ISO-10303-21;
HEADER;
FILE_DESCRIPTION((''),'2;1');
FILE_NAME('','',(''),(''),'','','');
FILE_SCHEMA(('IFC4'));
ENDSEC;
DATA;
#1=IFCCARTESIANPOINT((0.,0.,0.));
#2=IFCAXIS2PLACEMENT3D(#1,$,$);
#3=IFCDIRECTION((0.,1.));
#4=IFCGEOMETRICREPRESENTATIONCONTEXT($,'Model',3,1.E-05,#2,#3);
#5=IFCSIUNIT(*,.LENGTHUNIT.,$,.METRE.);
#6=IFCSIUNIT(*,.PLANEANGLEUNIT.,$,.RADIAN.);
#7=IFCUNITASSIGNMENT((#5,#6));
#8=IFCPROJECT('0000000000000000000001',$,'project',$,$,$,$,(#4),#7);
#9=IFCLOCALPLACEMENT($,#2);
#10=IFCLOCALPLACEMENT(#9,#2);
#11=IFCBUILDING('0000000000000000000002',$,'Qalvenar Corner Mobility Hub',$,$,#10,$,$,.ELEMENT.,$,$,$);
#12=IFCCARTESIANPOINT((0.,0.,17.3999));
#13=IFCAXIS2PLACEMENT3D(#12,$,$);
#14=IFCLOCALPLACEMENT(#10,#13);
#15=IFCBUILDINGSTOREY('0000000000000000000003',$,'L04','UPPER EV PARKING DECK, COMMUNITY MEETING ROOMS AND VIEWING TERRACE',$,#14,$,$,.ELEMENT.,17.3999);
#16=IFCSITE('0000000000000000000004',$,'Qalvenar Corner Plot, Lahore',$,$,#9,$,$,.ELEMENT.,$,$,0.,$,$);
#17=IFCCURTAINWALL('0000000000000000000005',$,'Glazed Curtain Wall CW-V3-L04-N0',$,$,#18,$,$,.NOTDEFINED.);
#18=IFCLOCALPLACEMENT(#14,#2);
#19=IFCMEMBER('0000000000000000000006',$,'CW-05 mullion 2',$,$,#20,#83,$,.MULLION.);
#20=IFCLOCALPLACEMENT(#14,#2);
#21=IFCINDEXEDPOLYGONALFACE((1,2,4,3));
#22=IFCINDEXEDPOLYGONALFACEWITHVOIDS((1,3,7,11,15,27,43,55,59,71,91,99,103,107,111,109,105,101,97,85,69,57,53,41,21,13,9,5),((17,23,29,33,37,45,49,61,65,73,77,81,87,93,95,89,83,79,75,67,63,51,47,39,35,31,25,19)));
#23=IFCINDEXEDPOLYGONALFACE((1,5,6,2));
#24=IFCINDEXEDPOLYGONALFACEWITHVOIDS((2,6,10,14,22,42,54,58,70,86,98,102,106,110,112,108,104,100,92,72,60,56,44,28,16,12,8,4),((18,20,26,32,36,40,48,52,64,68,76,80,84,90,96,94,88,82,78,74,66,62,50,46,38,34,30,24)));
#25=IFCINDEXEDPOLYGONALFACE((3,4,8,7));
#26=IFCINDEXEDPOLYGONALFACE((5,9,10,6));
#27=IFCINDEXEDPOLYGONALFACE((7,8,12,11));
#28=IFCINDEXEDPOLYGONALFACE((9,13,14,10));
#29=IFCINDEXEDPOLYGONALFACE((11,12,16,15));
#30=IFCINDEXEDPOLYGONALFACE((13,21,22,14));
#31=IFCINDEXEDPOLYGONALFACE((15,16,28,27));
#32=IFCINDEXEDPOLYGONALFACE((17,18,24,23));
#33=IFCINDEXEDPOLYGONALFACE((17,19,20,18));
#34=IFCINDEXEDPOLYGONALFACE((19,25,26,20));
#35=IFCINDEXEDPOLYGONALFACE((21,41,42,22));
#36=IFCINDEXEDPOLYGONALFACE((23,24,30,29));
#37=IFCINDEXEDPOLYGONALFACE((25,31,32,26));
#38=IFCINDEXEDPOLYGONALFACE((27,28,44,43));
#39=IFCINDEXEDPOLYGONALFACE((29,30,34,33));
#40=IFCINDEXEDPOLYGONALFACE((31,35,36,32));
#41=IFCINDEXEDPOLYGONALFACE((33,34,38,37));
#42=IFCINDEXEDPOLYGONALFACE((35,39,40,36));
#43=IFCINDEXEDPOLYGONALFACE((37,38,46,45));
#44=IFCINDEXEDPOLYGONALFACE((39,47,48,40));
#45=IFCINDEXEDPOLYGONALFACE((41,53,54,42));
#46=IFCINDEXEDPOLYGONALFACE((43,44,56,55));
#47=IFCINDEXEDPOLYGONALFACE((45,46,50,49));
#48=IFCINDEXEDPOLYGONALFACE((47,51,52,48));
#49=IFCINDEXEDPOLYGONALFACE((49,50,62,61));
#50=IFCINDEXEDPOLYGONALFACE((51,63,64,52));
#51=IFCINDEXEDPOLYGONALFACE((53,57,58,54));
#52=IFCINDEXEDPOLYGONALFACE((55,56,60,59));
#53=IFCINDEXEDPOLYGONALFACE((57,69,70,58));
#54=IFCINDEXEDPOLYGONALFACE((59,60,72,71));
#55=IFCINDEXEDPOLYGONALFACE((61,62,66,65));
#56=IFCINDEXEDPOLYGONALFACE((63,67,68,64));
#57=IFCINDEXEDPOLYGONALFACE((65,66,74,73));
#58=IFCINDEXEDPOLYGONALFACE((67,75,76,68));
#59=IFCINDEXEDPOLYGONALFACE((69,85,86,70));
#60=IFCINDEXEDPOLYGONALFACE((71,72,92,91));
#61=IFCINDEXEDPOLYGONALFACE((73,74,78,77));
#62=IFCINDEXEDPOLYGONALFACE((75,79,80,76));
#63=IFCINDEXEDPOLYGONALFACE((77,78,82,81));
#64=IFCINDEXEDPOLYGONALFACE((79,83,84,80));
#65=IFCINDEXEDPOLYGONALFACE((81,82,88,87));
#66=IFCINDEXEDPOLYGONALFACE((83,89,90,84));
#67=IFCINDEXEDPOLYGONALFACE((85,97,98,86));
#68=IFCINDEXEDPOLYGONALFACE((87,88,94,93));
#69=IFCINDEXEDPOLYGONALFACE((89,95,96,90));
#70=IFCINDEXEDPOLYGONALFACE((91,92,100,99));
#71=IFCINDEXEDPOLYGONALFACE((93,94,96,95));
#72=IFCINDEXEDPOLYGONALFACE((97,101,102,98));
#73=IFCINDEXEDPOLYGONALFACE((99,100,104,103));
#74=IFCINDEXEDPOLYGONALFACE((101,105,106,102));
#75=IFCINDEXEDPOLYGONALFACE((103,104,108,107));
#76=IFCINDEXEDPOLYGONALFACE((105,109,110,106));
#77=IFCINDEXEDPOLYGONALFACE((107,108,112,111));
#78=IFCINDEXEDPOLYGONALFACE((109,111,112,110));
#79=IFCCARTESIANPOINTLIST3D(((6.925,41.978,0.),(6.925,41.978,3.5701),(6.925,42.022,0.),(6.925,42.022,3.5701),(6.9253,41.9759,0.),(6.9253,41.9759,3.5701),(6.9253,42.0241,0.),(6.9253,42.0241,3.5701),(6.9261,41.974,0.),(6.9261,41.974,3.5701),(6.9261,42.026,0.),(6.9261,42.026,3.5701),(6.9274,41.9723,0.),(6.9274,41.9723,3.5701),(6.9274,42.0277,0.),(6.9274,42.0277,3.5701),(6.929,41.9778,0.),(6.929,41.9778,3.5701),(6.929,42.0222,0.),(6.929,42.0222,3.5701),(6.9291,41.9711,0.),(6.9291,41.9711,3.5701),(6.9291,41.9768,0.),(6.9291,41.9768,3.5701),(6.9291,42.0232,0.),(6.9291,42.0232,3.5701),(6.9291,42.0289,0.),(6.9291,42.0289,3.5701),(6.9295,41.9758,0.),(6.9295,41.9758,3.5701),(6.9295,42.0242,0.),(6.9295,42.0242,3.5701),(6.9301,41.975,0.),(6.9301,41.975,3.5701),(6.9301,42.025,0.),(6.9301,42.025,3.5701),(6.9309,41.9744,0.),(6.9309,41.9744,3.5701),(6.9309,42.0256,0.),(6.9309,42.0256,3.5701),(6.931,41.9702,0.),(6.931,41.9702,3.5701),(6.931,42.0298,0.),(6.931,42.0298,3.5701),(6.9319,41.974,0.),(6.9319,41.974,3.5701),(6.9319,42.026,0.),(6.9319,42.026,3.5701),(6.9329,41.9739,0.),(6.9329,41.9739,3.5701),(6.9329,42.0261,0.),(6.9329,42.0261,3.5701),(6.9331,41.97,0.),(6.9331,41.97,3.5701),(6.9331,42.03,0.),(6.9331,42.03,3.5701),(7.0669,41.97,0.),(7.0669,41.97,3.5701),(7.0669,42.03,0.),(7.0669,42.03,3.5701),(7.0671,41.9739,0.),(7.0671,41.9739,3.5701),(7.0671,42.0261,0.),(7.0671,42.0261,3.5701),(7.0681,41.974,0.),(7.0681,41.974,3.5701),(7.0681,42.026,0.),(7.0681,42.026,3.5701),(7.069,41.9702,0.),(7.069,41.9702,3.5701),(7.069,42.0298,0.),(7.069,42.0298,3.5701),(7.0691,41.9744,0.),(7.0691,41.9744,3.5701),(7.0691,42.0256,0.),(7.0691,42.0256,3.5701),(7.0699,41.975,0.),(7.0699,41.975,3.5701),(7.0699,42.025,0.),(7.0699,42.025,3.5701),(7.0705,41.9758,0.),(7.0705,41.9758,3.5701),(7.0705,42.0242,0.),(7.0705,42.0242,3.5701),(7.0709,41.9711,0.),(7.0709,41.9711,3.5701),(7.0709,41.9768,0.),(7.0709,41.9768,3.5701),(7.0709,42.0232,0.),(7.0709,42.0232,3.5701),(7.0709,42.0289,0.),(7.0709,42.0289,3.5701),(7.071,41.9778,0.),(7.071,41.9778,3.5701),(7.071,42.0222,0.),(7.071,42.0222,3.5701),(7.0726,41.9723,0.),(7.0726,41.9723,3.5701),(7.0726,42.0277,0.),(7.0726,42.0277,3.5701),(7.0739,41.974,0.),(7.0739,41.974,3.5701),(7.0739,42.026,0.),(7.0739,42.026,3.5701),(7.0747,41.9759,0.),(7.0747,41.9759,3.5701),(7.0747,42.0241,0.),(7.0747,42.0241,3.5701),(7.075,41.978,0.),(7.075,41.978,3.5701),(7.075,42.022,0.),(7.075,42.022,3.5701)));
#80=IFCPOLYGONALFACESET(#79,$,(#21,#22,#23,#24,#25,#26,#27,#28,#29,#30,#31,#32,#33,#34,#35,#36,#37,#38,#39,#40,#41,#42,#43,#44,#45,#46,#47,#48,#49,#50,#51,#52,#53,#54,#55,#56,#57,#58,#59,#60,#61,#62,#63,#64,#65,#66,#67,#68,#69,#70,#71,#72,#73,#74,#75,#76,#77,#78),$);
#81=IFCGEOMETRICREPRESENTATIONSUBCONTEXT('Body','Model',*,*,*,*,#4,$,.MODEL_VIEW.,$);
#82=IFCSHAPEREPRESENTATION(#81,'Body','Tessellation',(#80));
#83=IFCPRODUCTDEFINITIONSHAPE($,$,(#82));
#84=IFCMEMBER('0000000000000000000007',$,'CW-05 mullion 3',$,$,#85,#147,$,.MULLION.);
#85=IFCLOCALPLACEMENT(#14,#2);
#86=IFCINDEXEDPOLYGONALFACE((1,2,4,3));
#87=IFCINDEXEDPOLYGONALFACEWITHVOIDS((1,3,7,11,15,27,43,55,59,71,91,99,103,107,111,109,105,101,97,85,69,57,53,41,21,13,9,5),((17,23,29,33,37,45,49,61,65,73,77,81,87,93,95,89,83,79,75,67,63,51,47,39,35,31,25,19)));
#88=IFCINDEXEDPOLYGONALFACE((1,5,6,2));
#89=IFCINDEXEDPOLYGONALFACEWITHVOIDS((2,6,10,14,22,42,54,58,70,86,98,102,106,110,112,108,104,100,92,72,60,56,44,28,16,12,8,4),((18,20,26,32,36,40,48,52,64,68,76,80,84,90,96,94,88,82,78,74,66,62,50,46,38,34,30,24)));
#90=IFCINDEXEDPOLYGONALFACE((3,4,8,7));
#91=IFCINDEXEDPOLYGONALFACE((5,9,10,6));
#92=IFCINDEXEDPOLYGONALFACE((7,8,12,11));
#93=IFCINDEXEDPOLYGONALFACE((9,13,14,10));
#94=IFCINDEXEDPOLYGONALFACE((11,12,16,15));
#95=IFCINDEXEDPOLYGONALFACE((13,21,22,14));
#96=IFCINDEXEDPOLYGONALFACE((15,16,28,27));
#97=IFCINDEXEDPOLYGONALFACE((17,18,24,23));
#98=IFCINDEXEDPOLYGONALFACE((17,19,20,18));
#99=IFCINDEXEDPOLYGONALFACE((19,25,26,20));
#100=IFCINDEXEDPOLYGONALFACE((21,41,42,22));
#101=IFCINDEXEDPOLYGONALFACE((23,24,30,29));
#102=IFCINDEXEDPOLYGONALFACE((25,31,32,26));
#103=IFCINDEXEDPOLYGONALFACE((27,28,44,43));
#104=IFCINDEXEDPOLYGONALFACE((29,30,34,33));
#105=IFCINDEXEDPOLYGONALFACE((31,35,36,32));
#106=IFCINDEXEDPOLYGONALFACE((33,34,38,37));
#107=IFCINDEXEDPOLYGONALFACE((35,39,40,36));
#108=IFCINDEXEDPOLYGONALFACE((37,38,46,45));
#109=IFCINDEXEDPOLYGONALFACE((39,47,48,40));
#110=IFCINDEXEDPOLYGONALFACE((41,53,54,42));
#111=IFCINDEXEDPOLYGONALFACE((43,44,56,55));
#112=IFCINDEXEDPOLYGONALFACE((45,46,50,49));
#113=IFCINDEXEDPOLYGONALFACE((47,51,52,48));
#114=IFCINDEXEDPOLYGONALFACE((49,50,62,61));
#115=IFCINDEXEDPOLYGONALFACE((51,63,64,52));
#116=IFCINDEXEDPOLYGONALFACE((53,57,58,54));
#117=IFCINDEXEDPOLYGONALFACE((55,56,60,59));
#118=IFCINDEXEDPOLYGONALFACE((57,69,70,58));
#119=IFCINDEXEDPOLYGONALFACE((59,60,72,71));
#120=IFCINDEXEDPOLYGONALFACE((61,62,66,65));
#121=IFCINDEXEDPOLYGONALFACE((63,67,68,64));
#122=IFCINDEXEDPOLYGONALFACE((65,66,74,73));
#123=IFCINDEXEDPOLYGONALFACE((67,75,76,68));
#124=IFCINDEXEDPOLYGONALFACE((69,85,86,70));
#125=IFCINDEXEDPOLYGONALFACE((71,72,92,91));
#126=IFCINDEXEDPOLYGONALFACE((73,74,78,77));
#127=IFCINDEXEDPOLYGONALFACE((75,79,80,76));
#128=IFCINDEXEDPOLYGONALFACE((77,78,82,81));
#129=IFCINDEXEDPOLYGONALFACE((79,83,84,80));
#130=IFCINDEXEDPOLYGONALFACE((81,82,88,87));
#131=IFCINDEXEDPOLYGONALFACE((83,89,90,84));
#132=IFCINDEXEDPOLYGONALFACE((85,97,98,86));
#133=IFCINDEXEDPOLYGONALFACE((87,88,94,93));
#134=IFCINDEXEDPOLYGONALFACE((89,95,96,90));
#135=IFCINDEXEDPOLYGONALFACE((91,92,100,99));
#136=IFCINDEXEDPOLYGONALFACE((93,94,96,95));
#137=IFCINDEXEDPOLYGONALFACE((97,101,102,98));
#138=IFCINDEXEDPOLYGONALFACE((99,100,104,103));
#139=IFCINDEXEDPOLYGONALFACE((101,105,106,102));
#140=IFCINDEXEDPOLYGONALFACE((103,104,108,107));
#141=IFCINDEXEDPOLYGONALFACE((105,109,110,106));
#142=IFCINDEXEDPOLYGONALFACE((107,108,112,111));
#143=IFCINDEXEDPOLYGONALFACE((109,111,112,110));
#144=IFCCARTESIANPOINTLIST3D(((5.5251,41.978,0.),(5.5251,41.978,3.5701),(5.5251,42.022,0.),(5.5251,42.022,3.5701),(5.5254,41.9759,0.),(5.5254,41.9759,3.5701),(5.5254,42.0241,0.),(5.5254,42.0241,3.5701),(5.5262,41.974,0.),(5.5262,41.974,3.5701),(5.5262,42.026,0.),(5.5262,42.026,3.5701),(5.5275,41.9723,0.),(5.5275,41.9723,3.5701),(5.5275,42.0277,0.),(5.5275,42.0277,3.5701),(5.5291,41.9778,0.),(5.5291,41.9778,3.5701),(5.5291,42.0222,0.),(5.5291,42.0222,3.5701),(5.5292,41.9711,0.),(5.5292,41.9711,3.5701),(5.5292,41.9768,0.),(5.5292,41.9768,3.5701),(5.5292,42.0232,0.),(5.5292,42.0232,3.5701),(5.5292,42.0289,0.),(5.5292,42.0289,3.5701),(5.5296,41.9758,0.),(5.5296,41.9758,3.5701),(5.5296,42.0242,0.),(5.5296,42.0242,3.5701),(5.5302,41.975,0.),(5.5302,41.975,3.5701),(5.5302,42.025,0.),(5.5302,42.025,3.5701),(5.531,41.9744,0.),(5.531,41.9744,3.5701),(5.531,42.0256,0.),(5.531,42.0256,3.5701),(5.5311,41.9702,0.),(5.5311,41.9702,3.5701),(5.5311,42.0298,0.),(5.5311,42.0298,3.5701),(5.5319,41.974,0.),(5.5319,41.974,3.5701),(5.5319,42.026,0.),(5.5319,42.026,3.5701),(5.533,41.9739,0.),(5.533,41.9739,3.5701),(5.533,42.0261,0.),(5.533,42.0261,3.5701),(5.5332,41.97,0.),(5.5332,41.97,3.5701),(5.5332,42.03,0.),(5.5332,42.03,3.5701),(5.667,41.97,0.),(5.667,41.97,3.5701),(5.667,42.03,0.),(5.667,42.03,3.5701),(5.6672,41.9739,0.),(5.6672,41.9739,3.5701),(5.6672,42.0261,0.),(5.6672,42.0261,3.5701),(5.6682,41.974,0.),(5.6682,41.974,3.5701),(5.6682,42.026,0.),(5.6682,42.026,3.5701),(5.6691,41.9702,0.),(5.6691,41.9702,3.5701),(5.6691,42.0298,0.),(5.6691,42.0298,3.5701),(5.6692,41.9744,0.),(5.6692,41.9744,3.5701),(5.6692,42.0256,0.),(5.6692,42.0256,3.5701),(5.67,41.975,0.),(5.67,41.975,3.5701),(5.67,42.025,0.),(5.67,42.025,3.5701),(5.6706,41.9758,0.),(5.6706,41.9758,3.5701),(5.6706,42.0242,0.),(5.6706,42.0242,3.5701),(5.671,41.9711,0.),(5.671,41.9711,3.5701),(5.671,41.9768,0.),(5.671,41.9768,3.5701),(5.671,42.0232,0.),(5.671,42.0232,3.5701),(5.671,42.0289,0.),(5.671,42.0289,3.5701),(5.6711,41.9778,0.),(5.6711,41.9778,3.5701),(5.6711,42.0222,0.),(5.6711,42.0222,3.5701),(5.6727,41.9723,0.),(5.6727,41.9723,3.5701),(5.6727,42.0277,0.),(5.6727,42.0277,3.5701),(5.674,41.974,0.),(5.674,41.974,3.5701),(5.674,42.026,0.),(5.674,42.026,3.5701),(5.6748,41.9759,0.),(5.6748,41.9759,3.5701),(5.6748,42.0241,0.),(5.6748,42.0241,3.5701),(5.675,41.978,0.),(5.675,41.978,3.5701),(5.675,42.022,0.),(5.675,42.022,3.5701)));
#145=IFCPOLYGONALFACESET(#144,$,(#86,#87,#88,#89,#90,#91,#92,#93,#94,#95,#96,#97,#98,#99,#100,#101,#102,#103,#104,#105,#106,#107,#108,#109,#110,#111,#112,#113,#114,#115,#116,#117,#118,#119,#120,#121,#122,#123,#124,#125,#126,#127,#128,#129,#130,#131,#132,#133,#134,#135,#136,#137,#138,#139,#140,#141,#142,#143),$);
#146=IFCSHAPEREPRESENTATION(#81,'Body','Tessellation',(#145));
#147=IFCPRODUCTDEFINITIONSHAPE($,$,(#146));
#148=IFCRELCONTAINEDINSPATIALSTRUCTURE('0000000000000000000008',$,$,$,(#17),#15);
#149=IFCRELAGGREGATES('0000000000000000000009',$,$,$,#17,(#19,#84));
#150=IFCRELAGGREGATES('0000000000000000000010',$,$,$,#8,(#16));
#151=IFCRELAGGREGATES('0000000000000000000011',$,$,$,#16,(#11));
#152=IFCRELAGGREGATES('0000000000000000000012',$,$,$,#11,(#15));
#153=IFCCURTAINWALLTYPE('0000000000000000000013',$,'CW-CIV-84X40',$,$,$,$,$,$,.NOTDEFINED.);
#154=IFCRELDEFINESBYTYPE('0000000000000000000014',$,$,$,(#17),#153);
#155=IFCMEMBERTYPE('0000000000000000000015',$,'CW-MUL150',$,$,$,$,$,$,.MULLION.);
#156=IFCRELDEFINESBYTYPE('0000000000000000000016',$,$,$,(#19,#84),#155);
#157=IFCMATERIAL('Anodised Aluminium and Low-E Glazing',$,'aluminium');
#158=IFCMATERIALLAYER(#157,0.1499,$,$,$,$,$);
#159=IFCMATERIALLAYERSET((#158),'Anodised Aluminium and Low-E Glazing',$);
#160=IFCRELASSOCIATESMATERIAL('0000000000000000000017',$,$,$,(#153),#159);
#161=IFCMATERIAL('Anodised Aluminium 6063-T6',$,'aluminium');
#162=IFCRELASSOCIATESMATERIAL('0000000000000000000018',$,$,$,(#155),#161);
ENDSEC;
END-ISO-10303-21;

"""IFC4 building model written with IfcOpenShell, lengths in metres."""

from ifc_helpers import new_model, si_unit, direction, frame, origin, origin_2d, place, context, subcontext, project, spatial, hollow_rectangle, extrude, material, layer, layer_set, material_profile, profile_set, type_object, element, aggregate, save


model = new_model("IFC4")

# Units and contexts
model_context = context("Model", 3, precision=1e-05, world=origin(), true_north=direction((0.0, 1.0)))
body_context = subcontext(model_context, "Body", "Model", "MODEL_VIEW")
ifc_project = project(units=[si_unit("LENGTHUNIT", "METRE"), si_unit("PLANEANGLEUNIT", "RADIAN")], contexts=[model_context])

# Site, building, storey
site_placement = place(None, origin())
site = spatial("IfcSite", under=ifc_project, at=site_placement, Name="Qalvenar Corner Plot, Lahore", CompositionType="ELEMENT", RefElevation=0.0)
building_placement = place(site_placement, origin())
building = spatial("IfcBuilding", under=site, at=building_placement, Name="Qalvenar Corner Mobility Hub", CompositionType="ELEMENT")
storey_placement = place(building_placement, frame((0.0, 0.0, 17.3999)))
storey = spatial("IfcBuildingStorey", under=building, at=storey_placement, Name="L04", Description="UPPER EV PARKING DECK, COMMUNITY MEETING ROOMS AND VIEWING TERRACE", CompositionType="ELEMENT", Elevation=17.3999)

# Curtain wall, members
ifc_material_1 = material(Name="Anodised Aluminium and Low-E Glazing", Category="aluminium")
ifc_layer_1 = layer(ifc_material_1, 0.1499)
ifc_layer_set_1 = layer_set([ifc_layer_1], Name="Anodised Aluminium and Low-E Glazing")
curtain_wall_type = type_object("IfcCurtainWallType", Name="CW-CIV-84X40", PredefinedType="NOTDEFINED", material=ifc_layer_set_1)
curtain_wall_placement = place(storey_placement, origin())
curtain_wall = element("IfcCurtainWall", 1, at=curtain_wall_placement, inside=storey, type_object=curtain_wall_type, Name="Glazed Curtain Wall CW-V3-L04-N0", PredefinedType="NOTDEFINED")
ifc_material_2 = material(Name="Anodised Aluminium 6063-T6", Category="aluminium")
ifc_material_profile_1 = material_profile(ifc_material_2, hollow_rectangle(XDim=0.0601, YDim=0.1499, WallThickness=0.0039, InnerFilletRadius=0.0039, OuterFilletRadius=0.0081, at=origin_2d()), Name="RHS150x60x4")
ifc_profile_set_1 = profile_set([ifc_material_profile_1], Name="Anodised Aluminium 6063-T6")
member_type_1 = type_object("IfcMemberType", Name="CW-MUL150", PredefinedType="MULLION", material=ifc_profile_set_1)
member_1_placement = place(storey_placement, frame((7.0, 42.0, 0.0), z_axis=(0.0, 0.0, 1.0), x_axis=(0.0, -1.0, 0.0)))
member_1 = element("IfcMember", 2, at=member_1_placement, type_object=member_type_1, Name="CW-05 mullion 2", PredefinedType="MULLION", context=body_context, shape_type="SweptSolid", body=[
    extrude(hollow_rectangle(XDim=0.0601, YDim=0.1499, WallThickness=0.0039, InnerFilletRadius=0.0039, OuterFilletRadius=0.0081, at=origin_2d()), origin(), (0.0, 0.0, 1.0), 3.5701),
])
member_2_placement = place(storey_placement, frame((5.6001, 42.0, 0.0), z_axis=(0.0, 0.0, 1.0), x_axis=(0.0, -1.0, 0.0)))
member_2 = element("IfcMember", 3, at=member_2_placement, type_object=member_type_1, Name="CW-05 mullion 3", PredefinedType="MULLION", context=body_context, shape_type="SweptSolid", body=[
    extrude(hollow_rectangle(XDim=0.0601, YDim=0.1499, WallThickness=0.0039, InnerFilletRadius=0.0039, OuterFilletRadius=0.0081, at=origin_2d()), origin(), (0.0, 0.0, 1.0), 3.5701),
])
aggregate(curtain_wall, [member_1, member_2])

save(model, "model.ifc")
